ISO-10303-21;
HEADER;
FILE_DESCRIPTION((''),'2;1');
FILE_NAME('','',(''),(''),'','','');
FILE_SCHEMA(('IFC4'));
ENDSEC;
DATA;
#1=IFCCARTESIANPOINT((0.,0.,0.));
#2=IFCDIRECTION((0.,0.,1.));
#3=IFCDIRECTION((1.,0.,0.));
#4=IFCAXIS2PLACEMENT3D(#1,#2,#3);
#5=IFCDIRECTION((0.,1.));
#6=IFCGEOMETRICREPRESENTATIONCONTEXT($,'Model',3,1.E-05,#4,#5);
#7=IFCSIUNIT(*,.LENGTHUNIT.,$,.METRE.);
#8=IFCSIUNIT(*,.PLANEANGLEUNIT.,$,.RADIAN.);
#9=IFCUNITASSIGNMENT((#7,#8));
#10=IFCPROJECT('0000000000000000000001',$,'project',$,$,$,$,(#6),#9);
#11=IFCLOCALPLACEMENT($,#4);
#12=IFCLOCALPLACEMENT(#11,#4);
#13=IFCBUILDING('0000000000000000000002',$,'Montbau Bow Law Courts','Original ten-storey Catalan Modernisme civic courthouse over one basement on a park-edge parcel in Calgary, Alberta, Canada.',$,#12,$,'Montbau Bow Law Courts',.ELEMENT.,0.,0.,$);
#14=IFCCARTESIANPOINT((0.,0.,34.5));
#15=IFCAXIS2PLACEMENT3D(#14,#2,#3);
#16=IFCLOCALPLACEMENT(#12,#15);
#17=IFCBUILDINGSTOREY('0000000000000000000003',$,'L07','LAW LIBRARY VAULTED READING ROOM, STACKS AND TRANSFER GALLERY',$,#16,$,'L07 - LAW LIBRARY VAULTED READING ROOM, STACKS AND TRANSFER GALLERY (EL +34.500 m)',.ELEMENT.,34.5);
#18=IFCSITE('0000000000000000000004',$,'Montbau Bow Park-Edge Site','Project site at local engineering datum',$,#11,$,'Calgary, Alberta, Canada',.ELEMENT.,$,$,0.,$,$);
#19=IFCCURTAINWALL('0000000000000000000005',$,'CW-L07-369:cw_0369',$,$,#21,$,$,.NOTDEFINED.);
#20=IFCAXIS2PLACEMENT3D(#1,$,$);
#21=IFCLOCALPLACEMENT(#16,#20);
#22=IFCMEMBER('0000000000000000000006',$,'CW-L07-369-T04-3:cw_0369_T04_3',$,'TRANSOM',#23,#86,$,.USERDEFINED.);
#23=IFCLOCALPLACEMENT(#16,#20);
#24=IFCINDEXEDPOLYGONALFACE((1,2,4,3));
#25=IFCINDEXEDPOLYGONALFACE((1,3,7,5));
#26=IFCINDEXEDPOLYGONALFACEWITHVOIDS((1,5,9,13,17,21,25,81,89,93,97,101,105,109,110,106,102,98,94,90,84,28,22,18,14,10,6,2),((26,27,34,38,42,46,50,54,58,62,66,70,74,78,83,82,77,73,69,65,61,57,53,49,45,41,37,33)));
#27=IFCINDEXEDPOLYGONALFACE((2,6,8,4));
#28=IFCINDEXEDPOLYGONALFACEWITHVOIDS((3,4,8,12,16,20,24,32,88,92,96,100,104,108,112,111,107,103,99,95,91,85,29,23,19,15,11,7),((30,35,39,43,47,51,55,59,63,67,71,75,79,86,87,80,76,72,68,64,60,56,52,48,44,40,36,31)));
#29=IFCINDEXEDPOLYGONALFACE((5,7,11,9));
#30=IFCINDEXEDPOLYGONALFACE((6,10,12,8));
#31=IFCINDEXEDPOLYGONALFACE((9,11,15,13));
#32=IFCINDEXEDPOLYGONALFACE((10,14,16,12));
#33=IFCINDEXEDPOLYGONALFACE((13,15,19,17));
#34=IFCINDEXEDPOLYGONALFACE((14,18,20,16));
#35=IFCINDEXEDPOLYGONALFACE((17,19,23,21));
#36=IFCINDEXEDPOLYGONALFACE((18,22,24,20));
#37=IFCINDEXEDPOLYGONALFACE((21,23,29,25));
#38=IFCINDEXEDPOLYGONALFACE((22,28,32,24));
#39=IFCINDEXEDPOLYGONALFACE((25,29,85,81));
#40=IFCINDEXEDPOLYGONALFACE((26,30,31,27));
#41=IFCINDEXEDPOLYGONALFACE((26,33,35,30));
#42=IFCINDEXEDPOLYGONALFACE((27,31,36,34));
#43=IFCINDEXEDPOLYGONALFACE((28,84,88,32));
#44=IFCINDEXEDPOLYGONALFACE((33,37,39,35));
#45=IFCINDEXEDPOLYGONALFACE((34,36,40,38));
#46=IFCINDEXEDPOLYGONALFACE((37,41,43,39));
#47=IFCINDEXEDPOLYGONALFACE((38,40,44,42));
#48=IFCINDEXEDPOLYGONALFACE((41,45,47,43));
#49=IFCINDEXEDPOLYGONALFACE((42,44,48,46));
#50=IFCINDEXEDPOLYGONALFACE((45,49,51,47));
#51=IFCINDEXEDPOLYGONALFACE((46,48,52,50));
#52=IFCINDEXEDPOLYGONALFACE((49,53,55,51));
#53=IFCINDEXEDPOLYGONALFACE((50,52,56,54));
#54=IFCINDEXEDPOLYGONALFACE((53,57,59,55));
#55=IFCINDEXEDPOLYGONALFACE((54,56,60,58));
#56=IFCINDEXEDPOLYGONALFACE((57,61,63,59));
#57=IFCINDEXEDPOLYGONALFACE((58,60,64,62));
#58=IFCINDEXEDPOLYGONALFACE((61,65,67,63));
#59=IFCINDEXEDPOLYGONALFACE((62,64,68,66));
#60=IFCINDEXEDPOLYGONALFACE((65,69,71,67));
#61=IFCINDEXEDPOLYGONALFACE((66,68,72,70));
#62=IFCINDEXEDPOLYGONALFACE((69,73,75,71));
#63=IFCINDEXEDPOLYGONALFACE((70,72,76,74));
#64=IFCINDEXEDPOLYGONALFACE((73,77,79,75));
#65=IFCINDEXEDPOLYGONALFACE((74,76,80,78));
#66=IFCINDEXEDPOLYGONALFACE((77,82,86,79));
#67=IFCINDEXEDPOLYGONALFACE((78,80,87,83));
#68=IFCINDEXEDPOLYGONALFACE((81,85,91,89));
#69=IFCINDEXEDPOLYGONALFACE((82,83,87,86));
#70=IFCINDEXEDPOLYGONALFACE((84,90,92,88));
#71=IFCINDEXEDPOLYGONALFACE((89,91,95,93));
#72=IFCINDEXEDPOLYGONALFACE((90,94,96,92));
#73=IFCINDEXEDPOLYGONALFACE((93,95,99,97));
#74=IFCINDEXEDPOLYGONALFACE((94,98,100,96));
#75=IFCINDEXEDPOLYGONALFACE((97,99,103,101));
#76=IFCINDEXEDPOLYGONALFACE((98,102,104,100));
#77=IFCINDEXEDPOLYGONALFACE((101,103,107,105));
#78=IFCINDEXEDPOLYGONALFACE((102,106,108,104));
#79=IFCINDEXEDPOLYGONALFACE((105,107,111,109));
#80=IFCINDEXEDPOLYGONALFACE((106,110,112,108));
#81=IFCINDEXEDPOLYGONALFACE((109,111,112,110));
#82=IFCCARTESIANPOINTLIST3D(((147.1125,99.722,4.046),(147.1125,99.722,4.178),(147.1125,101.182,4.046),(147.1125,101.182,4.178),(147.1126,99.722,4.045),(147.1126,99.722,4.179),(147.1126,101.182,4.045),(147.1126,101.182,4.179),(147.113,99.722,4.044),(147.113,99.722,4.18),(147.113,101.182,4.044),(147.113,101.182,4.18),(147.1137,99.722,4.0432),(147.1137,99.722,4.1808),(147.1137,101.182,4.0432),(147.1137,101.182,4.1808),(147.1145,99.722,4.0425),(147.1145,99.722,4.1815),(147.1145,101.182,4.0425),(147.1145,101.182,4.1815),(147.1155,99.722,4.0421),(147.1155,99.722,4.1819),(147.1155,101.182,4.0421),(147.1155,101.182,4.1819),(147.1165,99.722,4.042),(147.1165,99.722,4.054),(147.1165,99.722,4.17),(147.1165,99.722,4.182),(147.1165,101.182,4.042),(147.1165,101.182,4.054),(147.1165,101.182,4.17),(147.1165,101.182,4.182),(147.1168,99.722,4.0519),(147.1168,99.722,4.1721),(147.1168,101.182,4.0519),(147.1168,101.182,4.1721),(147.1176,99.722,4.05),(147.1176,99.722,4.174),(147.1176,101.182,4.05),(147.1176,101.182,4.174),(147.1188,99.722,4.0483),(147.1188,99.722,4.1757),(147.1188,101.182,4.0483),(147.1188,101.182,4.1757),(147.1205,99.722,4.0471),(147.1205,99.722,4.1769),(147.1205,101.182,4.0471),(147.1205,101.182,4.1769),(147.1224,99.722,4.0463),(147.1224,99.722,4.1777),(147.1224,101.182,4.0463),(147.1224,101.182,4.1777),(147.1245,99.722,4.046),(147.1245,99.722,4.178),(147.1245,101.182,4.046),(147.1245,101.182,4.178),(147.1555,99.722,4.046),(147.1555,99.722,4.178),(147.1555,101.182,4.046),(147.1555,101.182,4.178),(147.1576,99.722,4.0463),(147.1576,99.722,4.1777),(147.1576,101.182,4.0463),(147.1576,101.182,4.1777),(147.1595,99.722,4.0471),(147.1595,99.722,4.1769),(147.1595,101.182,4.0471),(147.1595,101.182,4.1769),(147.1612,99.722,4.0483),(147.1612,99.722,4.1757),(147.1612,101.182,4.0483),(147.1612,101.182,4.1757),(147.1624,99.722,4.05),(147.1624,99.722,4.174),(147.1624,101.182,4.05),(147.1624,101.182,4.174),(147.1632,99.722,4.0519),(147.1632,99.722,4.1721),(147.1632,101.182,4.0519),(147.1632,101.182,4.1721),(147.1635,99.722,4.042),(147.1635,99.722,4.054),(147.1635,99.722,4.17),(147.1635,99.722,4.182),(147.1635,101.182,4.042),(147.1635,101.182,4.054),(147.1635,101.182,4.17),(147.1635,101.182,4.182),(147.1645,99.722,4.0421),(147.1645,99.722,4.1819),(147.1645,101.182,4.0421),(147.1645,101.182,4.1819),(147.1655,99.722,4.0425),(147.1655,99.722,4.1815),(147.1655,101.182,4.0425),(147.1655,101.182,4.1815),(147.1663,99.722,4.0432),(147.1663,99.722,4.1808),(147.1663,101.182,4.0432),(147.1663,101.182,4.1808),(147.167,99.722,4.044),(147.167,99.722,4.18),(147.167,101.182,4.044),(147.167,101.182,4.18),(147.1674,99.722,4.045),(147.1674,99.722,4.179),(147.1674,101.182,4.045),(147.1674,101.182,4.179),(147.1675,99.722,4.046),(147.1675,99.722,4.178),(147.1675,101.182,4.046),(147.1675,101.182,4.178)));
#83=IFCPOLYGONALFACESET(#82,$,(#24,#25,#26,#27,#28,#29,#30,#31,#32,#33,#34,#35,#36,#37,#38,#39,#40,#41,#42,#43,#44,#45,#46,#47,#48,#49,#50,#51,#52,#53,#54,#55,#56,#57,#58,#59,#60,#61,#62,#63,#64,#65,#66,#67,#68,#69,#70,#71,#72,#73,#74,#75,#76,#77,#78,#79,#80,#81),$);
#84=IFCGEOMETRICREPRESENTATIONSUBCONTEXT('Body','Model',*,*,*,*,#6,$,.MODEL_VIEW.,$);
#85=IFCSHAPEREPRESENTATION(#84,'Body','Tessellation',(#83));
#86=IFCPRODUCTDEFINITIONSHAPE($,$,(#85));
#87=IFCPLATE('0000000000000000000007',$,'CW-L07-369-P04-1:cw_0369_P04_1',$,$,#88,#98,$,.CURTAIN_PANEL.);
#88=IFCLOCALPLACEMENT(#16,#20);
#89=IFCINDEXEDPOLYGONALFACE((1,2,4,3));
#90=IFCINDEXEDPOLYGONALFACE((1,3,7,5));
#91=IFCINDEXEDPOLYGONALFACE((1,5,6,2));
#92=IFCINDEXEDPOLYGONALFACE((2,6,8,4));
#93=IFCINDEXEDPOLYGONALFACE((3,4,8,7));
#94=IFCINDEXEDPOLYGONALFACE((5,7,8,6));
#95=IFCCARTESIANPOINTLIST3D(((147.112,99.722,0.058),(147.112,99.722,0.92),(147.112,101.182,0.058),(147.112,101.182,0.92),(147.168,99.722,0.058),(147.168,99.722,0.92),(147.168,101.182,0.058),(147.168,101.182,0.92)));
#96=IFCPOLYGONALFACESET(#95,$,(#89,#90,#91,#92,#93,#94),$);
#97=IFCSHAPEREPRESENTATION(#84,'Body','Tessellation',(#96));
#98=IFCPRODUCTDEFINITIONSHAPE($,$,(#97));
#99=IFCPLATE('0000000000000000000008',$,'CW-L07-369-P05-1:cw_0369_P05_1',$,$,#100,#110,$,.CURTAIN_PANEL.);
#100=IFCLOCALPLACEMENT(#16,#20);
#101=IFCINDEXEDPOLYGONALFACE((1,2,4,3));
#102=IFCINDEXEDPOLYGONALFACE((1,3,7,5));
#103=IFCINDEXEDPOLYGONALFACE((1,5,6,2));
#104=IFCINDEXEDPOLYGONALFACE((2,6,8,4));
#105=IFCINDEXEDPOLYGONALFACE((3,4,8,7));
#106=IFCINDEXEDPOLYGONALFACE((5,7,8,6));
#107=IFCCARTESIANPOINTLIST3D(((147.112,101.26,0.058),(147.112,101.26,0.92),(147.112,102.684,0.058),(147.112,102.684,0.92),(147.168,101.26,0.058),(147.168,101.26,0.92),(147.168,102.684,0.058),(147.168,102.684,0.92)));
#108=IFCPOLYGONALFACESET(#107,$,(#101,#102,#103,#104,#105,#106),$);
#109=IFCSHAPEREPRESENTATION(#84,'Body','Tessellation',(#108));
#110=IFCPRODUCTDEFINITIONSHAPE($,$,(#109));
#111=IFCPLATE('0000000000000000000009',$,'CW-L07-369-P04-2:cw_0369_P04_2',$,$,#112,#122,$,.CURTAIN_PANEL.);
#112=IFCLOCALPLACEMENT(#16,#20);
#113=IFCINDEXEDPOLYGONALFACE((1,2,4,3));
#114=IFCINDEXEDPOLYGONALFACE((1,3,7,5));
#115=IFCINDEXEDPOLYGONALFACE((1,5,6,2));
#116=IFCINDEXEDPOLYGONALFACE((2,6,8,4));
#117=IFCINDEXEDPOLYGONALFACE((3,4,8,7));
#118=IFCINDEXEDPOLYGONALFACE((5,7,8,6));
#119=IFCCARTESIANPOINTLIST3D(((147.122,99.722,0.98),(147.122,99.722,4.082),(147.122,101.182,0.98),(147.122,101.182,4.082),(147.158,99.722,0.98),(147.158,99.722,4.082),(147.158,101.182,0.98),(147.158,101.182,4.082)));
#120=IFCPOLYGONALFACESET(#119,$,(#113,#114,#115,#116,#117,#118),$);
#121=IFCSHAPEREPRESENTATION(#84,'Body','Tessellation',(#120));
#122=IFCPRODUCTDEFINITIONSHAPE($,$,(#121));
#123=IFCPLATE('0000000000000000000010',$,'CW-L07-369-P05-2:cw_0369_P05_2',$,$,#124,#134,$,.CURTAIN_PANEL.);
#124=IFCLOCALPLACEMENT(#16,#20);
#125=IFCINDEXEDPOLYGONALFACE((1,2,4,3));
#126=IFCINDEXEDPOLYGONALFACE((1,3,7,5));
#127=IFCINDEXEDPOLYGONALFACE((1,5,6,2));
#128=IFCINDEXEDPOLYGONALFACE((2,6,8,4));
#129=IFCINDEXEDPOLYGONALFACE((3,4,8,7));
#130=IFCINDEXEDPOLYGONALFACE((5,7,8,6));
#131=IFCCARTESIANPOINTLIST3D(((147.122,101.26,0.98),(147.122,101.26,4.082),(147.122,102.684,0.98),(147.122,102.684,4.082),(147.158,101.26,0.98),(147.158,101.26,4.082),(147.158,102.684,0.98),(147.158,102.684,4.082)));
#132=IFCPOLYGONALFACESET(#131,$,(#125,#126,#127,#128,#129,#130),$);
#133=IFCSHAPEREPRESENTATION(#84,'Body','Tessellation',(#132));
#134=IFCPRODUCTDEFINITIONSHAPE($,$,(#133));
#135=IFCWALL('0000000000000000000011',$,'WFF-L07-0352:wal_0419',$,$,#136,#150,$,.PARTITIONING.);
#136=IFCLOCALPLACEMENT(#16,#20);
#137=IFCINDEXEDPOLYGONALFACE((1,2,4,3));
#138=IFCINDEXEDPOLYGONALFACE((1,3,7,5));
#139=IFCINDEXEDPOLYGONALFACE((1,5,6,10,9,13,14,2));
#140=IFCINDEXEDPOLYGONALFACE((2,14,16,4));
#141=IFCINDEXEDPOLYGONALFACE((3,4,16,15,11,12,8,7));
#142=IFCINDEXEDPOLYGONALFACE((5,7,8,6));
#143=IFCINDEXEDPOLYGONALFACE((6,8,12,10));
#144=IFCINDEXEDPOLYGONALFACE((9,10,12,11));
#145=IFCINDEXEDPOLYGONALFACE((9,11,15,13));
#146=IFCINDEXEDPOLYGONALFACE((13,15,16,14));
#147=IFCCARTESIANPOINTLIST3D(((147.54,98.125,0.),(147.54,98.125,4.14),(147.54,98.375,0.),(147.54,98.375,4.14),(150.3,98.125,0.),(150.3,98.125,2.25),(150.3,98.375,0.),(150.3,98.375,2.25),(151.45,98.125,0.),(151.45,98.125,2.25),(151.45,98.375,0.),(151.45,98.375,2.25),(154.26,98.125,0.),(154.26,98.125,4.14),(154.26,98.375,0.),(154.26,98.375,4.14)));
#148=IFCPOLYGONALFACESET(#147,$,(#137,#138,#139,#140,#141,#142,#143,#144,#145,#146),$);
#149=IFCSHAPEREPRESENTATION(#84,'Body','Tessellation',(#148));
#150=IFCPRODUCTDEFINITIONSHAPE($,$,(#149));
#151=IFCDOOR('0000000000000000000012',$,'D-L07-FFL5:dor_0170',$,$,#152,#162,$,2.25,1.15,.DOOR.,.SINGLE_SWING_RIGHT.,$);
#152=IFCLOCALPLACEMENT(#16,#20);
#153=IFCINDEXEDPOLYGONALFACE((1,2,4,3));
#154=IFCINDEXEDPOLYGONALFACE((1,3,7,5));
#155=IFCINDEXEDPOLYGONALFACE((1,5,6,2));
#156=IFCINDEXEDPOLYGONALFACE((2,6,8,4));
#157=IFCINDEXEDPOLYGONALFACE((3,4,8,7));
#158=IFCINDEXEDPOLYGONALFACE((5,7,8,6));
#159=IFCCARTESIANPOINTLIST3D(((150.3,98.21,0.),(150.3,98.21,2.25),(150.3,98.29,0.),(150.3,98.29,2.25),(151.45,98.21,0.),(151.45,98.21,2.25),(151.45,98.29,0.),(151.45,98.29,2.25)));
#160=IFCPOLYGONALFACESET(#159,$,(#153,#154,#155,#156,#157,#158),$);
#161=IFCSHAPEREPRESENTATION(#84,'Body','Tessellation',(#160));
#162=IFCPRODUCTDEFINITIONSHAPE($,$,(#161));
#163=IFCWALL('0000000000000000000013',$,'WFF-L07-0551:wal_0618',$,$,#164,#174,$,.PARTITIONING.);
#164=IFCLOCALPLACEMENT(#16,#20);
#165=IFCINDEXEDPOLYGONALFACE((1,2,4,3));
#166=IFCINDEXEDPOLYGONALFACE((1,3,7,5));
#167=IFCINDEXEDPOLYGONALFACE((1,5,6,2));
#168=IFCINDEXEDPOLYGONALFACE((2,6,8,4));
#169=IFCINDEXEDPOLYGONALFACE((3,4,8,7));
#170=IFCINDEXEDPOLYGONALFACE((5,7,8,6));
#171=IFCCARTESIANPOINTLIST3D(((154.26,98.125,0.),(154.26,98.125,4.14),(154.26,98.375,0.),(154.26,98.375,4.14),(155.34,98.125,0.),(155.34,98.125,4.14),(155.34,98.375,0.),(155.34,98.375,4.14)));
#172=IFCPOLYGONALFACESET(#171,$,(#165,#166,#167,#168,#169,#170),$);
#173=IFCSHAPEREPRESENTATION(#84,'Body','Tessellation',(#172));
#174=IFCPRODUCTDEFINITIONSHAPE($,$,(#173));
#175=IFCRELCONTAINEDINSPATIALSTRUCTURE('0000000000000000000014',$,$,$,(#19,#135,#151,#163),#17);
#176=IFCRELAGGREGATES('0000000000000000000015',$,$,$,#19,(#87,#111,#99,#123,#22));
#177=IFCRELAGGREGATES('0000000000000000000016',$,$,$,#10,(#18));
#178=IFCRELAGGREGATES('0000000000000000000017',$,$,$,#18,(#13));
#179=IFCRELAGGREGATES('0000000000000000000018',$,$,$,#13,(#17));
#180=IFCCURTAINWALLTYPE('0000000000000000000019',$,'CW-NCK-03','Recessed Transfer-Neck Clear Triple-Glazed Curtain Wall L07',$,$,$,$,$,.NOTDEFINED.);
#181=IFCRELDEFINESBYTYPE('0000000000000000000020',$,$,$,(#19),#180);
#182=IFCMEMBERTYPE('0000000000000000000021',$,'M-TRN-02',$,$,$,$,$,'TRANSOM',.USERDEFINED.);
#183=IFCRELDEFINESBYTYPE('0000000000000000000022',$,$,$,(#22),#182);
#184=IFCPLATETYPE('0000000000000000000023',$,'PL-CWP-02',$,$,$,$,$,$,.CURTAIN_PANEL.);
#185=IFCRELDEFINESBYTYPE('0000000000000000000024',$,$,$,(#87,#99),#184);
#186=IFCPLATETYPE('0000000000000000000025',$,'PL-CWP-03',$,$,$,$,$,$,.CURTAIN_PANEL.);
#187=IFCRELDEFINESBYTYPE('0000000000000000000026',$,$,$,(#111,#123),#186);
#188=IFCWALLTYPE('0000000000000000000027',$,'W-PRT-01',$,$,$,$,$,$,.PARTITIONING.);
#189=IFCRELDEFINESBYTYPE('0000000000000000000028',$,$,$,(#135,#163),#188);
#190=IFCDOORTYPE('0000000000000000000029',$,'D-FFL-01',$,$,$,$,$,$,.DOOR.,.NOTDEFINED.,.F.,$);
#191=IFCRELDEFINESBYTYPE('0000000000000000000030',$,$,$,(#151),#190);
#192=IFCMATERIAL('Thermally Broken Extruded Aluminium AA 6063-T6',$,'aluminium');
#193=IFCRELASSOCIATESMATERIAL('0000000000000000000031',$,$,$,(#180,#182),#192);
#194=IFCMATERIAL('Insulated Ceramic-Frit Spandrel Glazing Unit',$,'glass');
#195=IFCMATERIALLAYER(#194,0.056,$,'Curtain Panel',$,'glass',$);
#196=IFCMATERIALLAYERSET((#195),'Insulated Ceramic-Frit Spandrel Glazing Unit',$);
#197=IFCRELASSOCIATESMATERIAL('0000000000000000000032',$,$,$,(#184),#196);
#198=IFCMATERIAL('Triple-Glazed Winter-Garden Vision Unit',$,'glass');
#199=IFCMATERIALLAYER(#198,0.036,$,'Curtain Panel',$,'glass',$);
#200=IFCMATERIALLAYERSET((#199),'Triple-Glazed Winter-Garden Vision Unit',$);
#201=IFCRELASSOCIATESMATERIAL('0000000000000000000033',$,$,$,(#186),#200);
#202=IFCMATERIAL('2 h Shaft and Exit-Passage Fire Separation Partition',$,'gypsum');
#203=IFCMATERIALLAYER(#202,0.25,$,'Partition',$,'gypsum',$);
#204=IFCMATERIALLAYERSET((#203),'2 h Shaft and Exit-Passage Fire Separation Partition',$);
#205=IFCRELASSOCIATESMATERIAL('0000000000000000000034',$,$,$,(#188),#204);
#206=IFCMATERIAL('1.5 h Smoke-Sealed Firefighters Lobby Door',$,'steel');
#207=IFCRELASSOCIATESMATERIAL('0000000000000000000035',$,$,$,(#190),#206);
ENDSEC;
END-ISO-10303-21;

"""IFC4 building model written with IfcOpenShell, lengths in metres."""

from ifc_helpers import new_model, si_unit, direction, frame, frame_2d, origin_with_axes, origin_2d_with_axis, place, context, subcontext, project, spatial, rectangle, hollow_rectangle, extrude, material, layer, layer_set, material_profile, profile_set, type_object, element, fill, aggregate, save


model = new_model("IFC4")

# Units and contexts
model_context = context("Model", 3, precision=1e-05, world=origin_with_axes(), true_north=direction((0.0, 1.0)))
body_context = subcontext(model_context, "Body", "Model", "MODEL_VIEW")
ifc_project = project(units=[si_unit("LENGTHUNIT", "METRE"), si_unit("PLANEANGLEUNIT", "RADIAN")], contexts=[model_context])

# Site, building, storey
site_placement = place(None, origin_with_axes())
site = spatial("IfcSite", under=ifc_project, at=site_placement, Name="Montbau Bow Park-Edge Site", Description="Project site at local engineering datum", LongName="Calgary, Alberta, Canada", CompositionType="ELEMENT", RefElevation=0.0)
building_placement = place(site_placement, origin_with_axes())
building = spatial("IfcBuilding", under=site, at=building_placement, Name="Montbau Bow Law Courts", Description="Original ten-storey Catalan Modernisme civic courthouse over one basement on a park-edge parcel in Calgary, Alberta, Canada.", LongName="Montbau Bow Law Courts", CompositionType="ELEMENT", ElevationOfRefHeight=0.0, ElevationOfTerrain=0.0)
storey_placement = place(building_placement, frame((0.0, 0.0, 34.5), z_axis=(0.0, 0.0, 1.0), x_axis=(1.0, 0.0, 0.0)))
storey = spatial("IfcBuildingStorey", under=building, at=storey_placement, Name="L07", Description="LAW LIBRARY VAULTED READING ROOM, STACKS AND TRANSFER GALLERY", LongName="L07 - LAW LIBRARY VAULTED READING ROOM, STACKS AND TRANSFER GALLERY (EL +34.500 m)", CompositionType="ELEMENT", Elevation=34.5)

# Curtain wall, member, plates
ifc_material_1 = material(Name="Thermally Broken Extruded Aluminium AA 6063-T6", Category="aluminium")
curtain_wall_type = type_object("IfcCurtainWallType", Name="CW-NCK-03", Description="Recessed Transfer-Neck Clear Triple-Glazed Curtain Wall L07", PredefinedType="NOTDEFINED", material=ifc_material_1)
curtain_wall_placement = place(None, frame((147.14, 95.067, 34.5), z_axis=(0.0, 0.0, 1.0), x_axis=(1.0, 0.0, 0.0)))
curtain_wall = element("IfcCurtainWall", 1, at=curtain_wall_placement, inside=storey, type_object=curtain_wall_type, Name="CW-L07-369:cw_0369", PredefinedType="NOTDEFINED")
ifc_material_profile_1 = material_profile(ifc_material_1, hollow_rectangle(XDim=0.055, YDim=0.14, WallThickness=0.004, InnerFilletRadius=0.008, OuterFilletRadius=0.004, at=origin_2d_with_axis()), Name="CWT-140X55", Category="Main", Priority=0)
ifc_profile_set_1 = profile_set([ifc_material_profile_1], Name="Thermally Broken Extruded Aluminium AA 6063-T6")
member_type_1 = type_object("IfcMemberType", Name="M-TRN-02", ElementType="TRANSOM", PredefinedType="USERDEFINED", material=ifc_profile_set_1)
member_1_placement = place(None, frame((147.14, 99.722, 38.612), z_axis=(0.0, 1.0, 0.0), x_axis=(-1.0, 0.0, 0.0)))
member_1 = element("IfcMember", 2, at=member_1_placement, type_object=member_type_1, Name="CW-L07-369-T04-3:cw_0369_T04_3", ObjectType="TRANSOM", PredefinedType="USERDEFINED", context=body_context, shape_type="SweptSolid", body=[
    extrude(hollow_rectangle(XDim=0.055, YDim=0.14, WallThickness=0.004, InnerFilletRadius=0.008, OuterFilletRadius=0.004, at=origin_2d_with_axis()), origin_with_axes(), (0.0, 0.0, 1.0), 1.46),
])
ifc_material_2 = material(Name="Insulated Ceramic-Frit Spandrel Glazing Unit", Category="glass")
ifc_layer_1 = layer(ifc_material_2, 0.056, Name="Curtain Panel", Category="glass")
ifc_layer_set_1 = layer_set([ifc_layer_1], Name="Insulated Ceramic-Frit Spandrel Glazing Unit")
plate_type_1 = type_object("IfcPlateType", Name="PL-CWP-02", PredefinedType="CURTAIN_PANEL", material=ifc_layer_set_1)
plate_1_placement = place(None, frame((147.14, 99.722, 34.558), z_axis=(1.0, 0.0, 0.0), x_axis=(0.0, 1.0, 0.0)))
plate_1 = element("IfcPlate", 3, at=plate_1_placement, type_object=plate_type_1, Name="CW-L07-369-P04-1:cw_0369_P04_1", PredefinedType="CURTAIN_PANEL", context=body_context, shape_type="SweptSolid", body=[
    extrude(rectangle(XDim=1.46, YDim=0.862, at=frame_2d((0.73, 0.431), x_axis=(1.0, 0.0))), frame((0.0, 0.0, -0.028), z_axis=(0.0, 0.0, 1.0), x_axis=(1.0, 0.0, 0.0)), (0.0, 0.0, 1.0), 0.056),
])
plate_2_placement = place(None, frame((147.14, 101.26, 34.558), z_axis=(1.0, 0.0, 0.0), x_axis=(0.0, 1.0, 0.0)))
plate_2 = element("IfcPlate", 4, at=plate_2_placement, type_object=plate_type_1, Name="CW-L07-369-P05-1:cw_0369_P05_1", PredefinedType="CURTAIN_PANEL", context=body_context, shape_type="SweptSolid", body=[
    extrude(rectangle(XDim=1.424, YDim=0.862, at=frame_2d((0.712, 0.431), x_axis=(1.0, 0.0))), frame((0.0, 0.0, -0.028), z_axis=(0.0, 0.0, 1.0), x_axis=(1.0, 0.0, 0.0)), (0.0, 0.0, 1.0), 0.056),
])
ifc_material_3 = material(Name="Triple-Glazed Winter-Garden Vision Unit", Category="glass")
ifc_layer_2 = layer(ifc_material_3, 0.036, Name="Curtain Panel", Category="glass")
ifc_layer_set_2 = layer_set([ifc_layer_2], Name="Triple-Glazed Winter-Garden Vision Unit")
plate_type_2 = type_object("IfcPlateType", Name="PL-CWP-03", PredefinedType="CURTAIN_PANEL", material=ifc_layer_set_2)
plate_3_placement = place(None, frame((147.14, 99.722, 35.48), z_axis=(1.0, 0.0, 0.0), x_axis=(0.0, 1.0, 0.0)))
plate_3 = element("IfcPlate", 5, at=plate_3_placement, type_object=plate_type_2, Name="CW-L07-369-P04-2:cw_0369_P04_2", PredefinedType="CURTAIN_PANEL", context=body_context, shape_type="SweptSolid", body=[
    extrude(rectangle(XDim=1.46, YDim=3.102, at=frame_2d((0.73, 1.551), x_axis=(1.0, 0.0))), frame((0.0, 0.0, -0.018), z_axis=(0.0, 0.0, 1.0), x_axis=(1.0, 0.0, 0.0)), (0.0, 0.0, 1.0), 0.036),
])
plate_4_placement = place(None, frame((147.14, 101.26, 35.48), z_axis=(1.0, 0.0, 0.0), x_axis=(0.0, 1.0, 0.0)))
plate_4 = element("IfcPlate", 6, at=plate_4_placement, type_object=plate_type_2, Name="CW-L07-369-P05-2:cw_0369_P05_2", PredefinedType="CURTAIN_PANEL", context=body_context, shape_type="SweptSolid", body=[
    extrude(rectangle(XDim=1.424, YDim=3.102, at=frame_2d((0.712, 1.551), x_axis=(1.0, 0.0))), frame((0.0, 0.0, -0.018), z_axis=(0.0, 0.0, 1.0), x_axis=(1.0, 0.0, 0.0)), (0.0, 0.0, 1.0), 0.036),
])
aggregate(curtain_wall, [plate_1, plate_3, plate_2, plate_4, member_1])

# Wall, opening, door
ifc_material_4 = material(Name="2 h Shaft and Exit-Passage Fire Separation Partition", Category="gypsum")
ifc_layer_3 = layer(ifc_material_4, 0.25, Name="Partition", Category="gypsum")
ifc_layer_set_3 = layer_set([ifc_layer_3], Name="2 h Shaft and Exit-Passage Fire Separation Partition")
wall_type_1 = type_object("IfcWallType", Name="W-PRT-01", PredefinedType="PARTITIONING", material=ifc_layer_set_3)
wall_1_placement = place(None, frame((154.26, 98.25, 34.5), z_axis=(0.0, 0.0, 1.0), x_axis=(-1.0, 0.0, 0.0)))
wall_1 = element("IfcWall", 7, at=wall_1_placement, inside=storey, type_object=wall_type_1, Name="WFF-L07-0352:wal_0419", PredefinedType="PARTITIONING", context=body_context, shape_type="SweptSolid", body=[
    extrude(rectangle(XDim=6.72, YDim=0.25, at=frame_2d((3.36, 0.0), x_axis=(1.0, 0.0))), origin_with_axes(), (0.0, 0.0, 1.0), 4.14),
])
opening_1_placement = place(None, frame((150.875, 98.25, 34.5), z_axis=(0.0, 0.0, 1.0), x_axis=(-1.0, 0.0, 0.0)))
opening_1 = element("IfcOpeningElement", 8, at=opening_1_placement, cuts=wall_1, PredefinedType="OPENING", context=body_context, shape_type="SweptSolid", body=[
    extrude(rectangle(XDim=1.15, YDim=2.25, at=frame_2d((0.0, 1.125), x_axis=(1.0, 0.0))), frame((0.0, 0.135, 0.0), z_axis=(0.0, -1.0, 0.0), x_axis=(1.0, 0.0, 0.0)), (0.0, 0.0, 1.0), 0.27),
])
ifc_material_5 = material(Name="1.5 h Smoke-Sealed Firefighters Lobby Door", Category="steel")
door_type_1 = type_object("IfcDoorType", Name="D-FFL-01", OperationType="NOTDEFINED", ParameterTakesPrecedence=False, PredefinedType="DOOR", material=ifc_material_5)
door_1_placement = place(None, frame((150.875, 98.25, 34.5), z_axis=(0.0, 0.0, 1.0), x_axis=(1.0, 0.0, 0.0)))
door_1 = element("IfcDoor", 9, at=door_1_placement, inside=storey, type_object=door_type_1, Name="D-L07-FFL5:dor_0170", OperationType="SINGLE_SWING_RIGHT", OverallHeight=2.25, OverallWidth=1.15, PredefinedType="DOOR", context=body_context, shape_type="SweptSolid", body=[
    extrude(rectangle(XDim=1.15, YDim=2.25, at=frame_2d((0.0, 1.125), x_axis=(1.0, 0.0))), frame((0.0, 0.04, 0.0), z_axis=(0.0, -1.0, 0.0), x_axis=(1.0, 0.0, 0.0)), (0.0, 0.0, 1.0), 0.08),
])
fill(opening_1, door_1)

# Wall
wall_2_placement = place(None, frame((154.26, 98.25, 34.5), z_axis=(0.0, 0.0, 1.0), x_axis=(1.0, 0.0, 0.0)))
element("IfcWall", 10, at=wall_2_placement, inside=storey, type_object=wall_type_1, Name="WFF-L07-0551:wal_0618", PredefinedType="PARTITIONING", context=body_context, shape_type="SweptSolid", body=[
    extrude(rectangle(XDim=1.08, YDim=0.25, at=frame_2d((0.54, 0.0), x_axis=(1.0, 0.0))), origin_with_axes(), (0.0, 0.0, 1.0), 4.14),
])

save(model, "model.ifc")
